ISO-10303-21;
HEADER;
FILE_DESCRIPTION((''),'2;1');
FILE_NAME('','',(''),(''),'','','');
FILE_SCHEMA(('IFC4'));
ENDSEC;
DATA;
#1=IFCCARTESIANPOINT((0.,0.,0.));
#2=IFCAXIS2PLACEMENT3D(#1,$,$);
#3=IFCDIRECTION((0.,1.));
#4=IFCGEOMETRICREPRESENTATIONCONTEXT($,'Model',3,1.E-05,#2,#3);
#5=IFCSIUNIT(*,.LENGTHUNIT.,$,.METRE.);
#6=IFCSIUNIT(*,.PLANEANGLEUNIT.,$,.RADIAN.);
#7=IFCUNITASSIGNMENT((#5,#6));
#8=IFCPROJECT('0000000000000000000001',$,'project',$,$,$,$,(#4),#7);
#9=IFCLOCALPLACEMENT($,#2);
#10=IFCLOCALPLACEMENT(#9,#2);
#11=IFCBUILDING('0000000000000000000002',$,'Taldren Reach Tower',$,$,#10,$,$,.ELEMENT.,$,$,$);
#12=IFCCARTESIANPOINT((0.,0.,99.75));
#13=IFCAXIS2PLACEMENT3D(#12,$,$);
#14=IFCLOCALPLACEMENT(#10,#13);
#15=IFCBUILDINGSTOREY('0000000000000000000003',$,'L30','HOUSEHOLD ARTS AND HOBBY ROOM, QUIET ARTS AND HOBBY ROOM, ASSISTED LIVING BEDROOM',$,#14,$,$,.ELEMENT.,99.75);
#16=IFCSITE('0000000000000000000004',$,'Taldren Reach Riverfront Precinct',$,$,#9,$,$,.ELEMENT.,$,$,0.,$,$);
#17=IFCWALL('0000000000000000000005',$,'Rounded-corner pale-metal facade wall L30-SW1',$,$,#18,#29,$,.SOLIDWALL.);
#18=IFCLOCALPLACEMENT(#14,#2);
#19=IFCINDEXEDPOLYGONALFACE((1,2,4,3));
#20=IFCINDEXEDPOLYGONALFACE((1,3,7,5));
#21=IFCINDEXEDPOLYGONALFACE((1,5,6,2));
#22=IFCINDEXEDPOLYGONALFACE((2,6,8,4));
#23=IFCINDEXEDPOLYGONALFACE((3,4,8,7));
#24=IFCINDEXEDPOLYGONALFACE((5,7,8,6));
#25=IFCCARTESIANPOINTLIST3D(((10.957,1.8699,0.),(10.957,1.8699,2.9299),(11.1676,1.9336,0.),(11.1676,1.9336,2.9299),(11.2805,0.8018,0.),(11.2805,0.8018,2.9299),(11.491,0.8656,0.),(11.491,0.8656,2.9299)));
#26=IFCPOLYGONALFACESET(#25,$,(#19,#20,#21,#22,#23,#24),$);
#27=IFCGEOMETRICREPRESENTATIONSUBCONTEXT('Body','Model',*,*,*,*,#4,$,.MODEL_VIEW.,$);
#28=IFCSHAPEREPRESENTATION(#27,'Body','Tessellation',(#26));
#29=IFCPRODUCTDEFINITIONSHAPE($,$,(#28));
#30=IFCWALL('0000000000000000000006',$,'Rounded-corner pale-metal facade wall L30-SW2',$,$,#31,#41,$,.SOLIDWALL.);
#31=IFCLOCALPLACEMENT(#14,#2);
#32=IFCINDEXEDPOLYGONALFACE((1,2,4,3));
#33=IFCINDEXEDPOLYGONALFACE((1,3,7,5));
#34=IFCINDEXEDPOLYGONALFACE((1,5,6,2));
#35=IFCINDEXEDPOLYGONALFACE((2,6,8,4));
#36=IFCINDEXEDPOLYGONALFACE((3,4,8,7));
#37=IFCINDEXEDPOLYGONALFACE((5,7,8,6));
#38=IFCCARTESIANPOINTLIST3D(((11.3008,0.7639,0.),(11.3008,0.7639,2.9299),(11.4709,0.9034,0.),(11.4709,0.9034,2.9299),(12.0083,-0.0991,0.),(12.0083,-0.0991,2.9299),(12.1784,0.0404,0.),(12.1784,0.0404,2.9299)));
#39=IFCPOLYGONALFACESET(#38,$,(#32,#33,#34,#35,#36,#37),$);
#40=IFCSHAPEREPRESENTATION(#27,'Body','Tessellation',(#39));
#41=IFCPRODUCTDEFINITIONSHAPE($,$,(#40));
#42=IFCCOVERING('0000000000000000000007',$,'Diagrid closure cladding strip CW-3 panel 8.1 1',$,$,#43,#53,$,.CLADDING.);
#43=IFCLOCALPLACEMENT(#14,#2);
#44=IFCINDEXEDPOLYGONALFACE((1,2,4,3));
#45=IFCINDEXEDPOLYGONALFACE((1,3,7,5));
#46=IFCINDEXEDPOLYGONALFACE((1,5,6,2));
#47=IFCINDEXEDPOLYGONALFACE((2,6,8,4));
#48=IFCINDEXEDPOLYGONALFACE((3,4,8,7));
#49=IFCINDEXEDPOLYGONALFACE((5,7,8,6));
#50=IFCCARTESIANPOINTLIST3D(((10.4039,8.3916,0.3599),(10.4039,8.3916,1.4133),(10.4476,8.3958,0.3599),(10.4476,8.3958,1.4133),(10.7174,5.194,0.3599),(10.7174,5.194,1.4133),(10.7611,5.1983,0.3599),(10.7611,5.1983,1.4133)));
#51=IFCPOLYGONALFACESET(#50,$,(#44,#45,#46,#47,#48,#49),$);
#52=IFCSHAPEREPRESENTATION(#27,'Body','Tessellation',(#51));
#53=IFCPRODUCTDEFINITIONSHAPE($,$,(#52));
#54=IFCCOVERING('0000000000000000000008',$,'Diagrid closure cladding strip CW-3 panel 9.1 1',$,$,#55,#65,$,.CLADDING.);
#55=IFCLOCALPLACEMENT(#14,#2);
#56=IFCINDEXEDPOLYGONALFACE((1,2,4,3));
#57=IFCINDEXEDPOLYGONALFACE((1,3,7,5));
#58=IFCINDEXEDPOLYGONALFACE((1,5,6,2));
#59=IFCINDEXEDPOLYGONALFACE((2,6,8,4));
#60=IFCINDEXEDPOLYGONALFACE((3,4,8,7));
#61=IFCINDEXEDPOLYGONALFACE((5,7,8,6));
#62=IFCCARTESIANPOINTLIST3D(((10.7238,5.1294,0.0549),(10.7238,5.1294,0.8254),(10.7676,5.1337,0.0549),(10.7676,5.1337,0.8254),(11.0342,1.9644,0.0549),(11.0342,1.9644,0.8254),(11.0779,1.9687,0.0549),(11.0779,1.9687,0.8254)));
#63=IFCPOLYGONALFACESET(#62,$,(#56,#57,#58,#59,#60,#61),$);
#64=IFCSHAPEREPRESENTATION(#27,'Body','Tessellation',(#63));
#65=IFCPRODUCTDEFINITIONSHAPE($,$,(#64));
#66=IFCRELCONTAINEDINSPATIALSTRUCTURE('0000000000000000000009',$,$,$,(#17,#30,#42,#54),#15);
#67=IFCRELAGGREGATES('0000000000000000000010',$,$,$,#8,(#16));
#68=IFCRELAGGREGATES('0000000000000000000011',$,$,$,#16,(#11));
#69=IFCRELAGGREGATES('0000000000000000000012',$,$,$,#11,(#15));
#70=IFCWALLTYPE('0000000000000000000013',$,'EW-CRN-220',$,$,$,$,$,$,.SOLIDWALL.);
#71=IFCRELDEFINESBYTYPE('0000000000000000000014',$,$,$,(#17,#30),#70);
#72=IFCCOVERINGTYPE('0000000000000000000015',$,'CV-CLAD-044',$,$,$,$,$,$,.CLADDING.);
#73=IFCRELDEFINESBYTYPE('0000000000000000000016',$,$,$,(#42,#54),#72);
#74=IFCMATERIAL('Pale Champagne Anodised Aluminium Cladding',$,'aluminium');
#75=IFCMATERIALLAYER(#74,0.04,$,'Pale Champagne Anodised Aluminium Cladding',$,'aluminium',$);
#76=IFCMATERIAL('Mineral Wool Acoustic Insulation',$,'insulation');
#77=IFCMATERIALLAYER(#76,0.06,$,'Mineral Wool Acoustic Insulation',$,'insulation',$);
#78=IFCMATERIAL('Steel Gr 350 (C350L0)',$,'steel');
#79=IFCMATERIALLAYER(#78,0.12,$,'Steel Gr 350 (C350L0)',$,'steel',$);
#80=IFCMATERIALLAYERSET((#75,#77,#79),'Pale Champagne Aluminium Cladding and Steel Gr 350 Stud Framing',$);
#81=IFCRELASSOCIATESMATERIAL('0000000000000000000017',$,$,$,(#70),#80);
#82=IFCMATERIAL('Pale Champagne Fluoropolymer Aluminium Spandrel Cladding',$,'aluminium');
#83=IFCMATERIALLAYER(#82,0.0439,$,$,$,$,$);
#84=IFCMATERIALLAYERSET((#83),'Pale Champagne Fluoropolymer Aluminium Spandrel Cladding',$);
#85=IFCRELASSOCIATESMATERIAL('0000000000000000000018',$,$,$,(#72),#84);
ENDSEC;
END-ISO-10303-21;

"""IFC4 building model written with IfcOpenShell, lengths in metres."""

from ifc_helpers import new_model, si_unit, direction, frame, frame_2d, origin, origin_2d, place, context, subcontext, project, spatial, rectangle, extrude, source, transform, mapped, material, layer, layer_set, type_object, element, save


model = new_model("IFC4")

# Units and contexts
model_context = context("Model", 3, precision=1e-05, world=origin(), true_north=direction((0.0, 1.0)))
body_context = subcontext(model_context, "Body", "Model", "MODEL_VIEW")
ifc_project = project(units=[si_unit("LENGTHUNIT", "METRE"), si_unit("PLANEANGLEUNIT", "RADIAN")], contexts=[model_context])

# Site, building, storey
site_placement = place(None, origin())
site = spatial("IfcSite", under=ifc_project, at=site_placement, Name="Taldren Reach Riverfront Precinct", CompositionType="ELEMENT", RefElevation=0.0)
building_placement = place(site_placement, origin())
building = spatial("IfcBuilding", under=site, at=building_placement, Name="Taldren Reach Tower", CompositionType="ELEMENT")
storey_placement = place(building_placement, frame((0.0, 0.0, 99.75)))
storey = spatial("IfcBuildingStorey", under=building, at=storey_placement, Name="L30", Description="HOUSEHOLD ARTS AND HOBBY ROOM, QUIET ARTS AND HOBBY ROOM, ASSISTED LIVING BEDROOM", CompositionType="ELEMENT", Elevation=99.75)

# Shared definitions
ifc_material_1 = material(Name="Steel Gr 350 (C350L0)", Category="steel")

# Walls
ifc_material_2 = material(Name="Pale Champagne Anodised Aluminium Cladding", Category="aluminium")
ifc_layer_1 = layer(ifc_material_2, 0.04, Name="Pale Champagne Anodised Aluminium Cladding", Category="aluminium")
ifc_material_3 = material(Name="Mineral Wool Acoustic Insulation", Category="insulation")
ifc_layer_2 = layer(ifc_material_3, 0.06, Name="Mineral Wool Acoustic Insulation", Category="insulation")
ifc_layer_3 = layer(ifc_material_1, 0.12, Name="Steel Gr 350 (C350L0)", Category="steel")
ifc_layer_set_1 = layer_set([ifc_layer_1, ifc_layer_2, ifc_layer_3], Name="Pale Champagne Aluminium Cladding and Steel Gr 350 Stud Framing")
wall_type = type_object("IfcWallType", Name="EW-CRN-220", PredefinedType="SOLIDWALL", material=ifc_layer_set_1)
shared_shape_1 = source(origin(), body_context, "Body", "SweptSolid", [
    extrude(rectangle(XDim=1.116, YDim=0.22, at=frame_2d((0.5581, 0.0))), origin(), (0.0, 0.0, 1.0), 2.9299),
])
for number, where, z_axis, x_axis, name in (
    (1, (11.0623, 1.9019, 0.0), (0.0, 0.0, 1.0), (0.289856, -0.95707, 0.0), "Rounded-corner pale-metal facade wall L30-SW1"),
    (2, (11.3857, 0.8337, 0.0), (0.0, 0.0, 1.0), (0.633988, -0.773343, 0.0), "Rounded-corner pale-metal facade wall L30-SW2"),
):
    element("IfcWall", number, at=place(storey_placement, frame(where, z_axis=z_axis, x_axis=x_axis)), inside=storey, type_object=wall_type, Name=name, PredefinedType="SOLIDWALL", context=body_context, shape_type="MappedRepresentation", body=[
        mapped(shared_shape_1, transform((0.0, 0.0, 0.0), scale=1.0)),
    ])

# Coverings
ifc_material_4 = material(Name="Pale Champagne Fluoropolymer Aluminium Spandrel Cladding", Category="aluminium")
ifc_layer_4 = layer(ifc_material_4, 0.0439)
ifc_layer_set_2 = layer_set([ifc_layer_4], Name="Pale Champagne Fluoropolymer Aluminium Spandrel Cladding")
covering_type = type_object("IfcCoveringType", Name="CV-CLAD-044", PredefinedType="CLADDING", material=ifc_layer_set_2)
shared_shape_2 = source(origin(), body_context, "Body", "SweptSolid", [
    extrude(rectangle(XDim=3.2129, YDim=0.0439, at=origin_2d()), origin(), (0.0, 0.0, 1.0), 1.0535),
])
covering_1_placement = place(storey_placement, frame((10.5825, 6.7949, 0.3599), z_axis=(0.0, 0.0, 1.0), x_axis=(0.097583, -0.995227, 0.0)))
element("IfcCovering", 3, at=covering_1_placement, inside=storey, type_object=covering_type, Name="Diagrid closure cladding strip CW-3 panel 8.1 1", PredefinedType="CLADDING", context=body_context, shape_type="MappedRepresentation", body=[
    mapped(shared_shape_2, transform((0.0, 0.0, 0.0), scale=1.0)),
])
shared_shape_3 = source(origin(), body_context, "Body", "SweptSolid", [
    extrude(rectangle(XDim=3.1802, YDim=0.0439, at=origin_2d()), origin(), (0.0, 0.0, 1.0), 0.7705),
])
covering_2_placement = place(storey_placement, frame((10.9009, 3.5491, 0.0549), z_axis=(0.0, 0.0, 1.0), x_axis=(0.097583, -0.995227, 0.0)))
element("IfcCovering", 4, at=covering_2_placement, inside=storey, type_object=covering_type, Name="Diagrid closure cladding strip CW-3 panel 9.1 1", PredefinedType="CLADDING", context=body_context, shape_type="MappedRepresentation", body=[
    mapped(shared_shape_3, transform((0.0, 0.0, 0.0), scale=1.0)),
])

save(model, "model.ifc")
